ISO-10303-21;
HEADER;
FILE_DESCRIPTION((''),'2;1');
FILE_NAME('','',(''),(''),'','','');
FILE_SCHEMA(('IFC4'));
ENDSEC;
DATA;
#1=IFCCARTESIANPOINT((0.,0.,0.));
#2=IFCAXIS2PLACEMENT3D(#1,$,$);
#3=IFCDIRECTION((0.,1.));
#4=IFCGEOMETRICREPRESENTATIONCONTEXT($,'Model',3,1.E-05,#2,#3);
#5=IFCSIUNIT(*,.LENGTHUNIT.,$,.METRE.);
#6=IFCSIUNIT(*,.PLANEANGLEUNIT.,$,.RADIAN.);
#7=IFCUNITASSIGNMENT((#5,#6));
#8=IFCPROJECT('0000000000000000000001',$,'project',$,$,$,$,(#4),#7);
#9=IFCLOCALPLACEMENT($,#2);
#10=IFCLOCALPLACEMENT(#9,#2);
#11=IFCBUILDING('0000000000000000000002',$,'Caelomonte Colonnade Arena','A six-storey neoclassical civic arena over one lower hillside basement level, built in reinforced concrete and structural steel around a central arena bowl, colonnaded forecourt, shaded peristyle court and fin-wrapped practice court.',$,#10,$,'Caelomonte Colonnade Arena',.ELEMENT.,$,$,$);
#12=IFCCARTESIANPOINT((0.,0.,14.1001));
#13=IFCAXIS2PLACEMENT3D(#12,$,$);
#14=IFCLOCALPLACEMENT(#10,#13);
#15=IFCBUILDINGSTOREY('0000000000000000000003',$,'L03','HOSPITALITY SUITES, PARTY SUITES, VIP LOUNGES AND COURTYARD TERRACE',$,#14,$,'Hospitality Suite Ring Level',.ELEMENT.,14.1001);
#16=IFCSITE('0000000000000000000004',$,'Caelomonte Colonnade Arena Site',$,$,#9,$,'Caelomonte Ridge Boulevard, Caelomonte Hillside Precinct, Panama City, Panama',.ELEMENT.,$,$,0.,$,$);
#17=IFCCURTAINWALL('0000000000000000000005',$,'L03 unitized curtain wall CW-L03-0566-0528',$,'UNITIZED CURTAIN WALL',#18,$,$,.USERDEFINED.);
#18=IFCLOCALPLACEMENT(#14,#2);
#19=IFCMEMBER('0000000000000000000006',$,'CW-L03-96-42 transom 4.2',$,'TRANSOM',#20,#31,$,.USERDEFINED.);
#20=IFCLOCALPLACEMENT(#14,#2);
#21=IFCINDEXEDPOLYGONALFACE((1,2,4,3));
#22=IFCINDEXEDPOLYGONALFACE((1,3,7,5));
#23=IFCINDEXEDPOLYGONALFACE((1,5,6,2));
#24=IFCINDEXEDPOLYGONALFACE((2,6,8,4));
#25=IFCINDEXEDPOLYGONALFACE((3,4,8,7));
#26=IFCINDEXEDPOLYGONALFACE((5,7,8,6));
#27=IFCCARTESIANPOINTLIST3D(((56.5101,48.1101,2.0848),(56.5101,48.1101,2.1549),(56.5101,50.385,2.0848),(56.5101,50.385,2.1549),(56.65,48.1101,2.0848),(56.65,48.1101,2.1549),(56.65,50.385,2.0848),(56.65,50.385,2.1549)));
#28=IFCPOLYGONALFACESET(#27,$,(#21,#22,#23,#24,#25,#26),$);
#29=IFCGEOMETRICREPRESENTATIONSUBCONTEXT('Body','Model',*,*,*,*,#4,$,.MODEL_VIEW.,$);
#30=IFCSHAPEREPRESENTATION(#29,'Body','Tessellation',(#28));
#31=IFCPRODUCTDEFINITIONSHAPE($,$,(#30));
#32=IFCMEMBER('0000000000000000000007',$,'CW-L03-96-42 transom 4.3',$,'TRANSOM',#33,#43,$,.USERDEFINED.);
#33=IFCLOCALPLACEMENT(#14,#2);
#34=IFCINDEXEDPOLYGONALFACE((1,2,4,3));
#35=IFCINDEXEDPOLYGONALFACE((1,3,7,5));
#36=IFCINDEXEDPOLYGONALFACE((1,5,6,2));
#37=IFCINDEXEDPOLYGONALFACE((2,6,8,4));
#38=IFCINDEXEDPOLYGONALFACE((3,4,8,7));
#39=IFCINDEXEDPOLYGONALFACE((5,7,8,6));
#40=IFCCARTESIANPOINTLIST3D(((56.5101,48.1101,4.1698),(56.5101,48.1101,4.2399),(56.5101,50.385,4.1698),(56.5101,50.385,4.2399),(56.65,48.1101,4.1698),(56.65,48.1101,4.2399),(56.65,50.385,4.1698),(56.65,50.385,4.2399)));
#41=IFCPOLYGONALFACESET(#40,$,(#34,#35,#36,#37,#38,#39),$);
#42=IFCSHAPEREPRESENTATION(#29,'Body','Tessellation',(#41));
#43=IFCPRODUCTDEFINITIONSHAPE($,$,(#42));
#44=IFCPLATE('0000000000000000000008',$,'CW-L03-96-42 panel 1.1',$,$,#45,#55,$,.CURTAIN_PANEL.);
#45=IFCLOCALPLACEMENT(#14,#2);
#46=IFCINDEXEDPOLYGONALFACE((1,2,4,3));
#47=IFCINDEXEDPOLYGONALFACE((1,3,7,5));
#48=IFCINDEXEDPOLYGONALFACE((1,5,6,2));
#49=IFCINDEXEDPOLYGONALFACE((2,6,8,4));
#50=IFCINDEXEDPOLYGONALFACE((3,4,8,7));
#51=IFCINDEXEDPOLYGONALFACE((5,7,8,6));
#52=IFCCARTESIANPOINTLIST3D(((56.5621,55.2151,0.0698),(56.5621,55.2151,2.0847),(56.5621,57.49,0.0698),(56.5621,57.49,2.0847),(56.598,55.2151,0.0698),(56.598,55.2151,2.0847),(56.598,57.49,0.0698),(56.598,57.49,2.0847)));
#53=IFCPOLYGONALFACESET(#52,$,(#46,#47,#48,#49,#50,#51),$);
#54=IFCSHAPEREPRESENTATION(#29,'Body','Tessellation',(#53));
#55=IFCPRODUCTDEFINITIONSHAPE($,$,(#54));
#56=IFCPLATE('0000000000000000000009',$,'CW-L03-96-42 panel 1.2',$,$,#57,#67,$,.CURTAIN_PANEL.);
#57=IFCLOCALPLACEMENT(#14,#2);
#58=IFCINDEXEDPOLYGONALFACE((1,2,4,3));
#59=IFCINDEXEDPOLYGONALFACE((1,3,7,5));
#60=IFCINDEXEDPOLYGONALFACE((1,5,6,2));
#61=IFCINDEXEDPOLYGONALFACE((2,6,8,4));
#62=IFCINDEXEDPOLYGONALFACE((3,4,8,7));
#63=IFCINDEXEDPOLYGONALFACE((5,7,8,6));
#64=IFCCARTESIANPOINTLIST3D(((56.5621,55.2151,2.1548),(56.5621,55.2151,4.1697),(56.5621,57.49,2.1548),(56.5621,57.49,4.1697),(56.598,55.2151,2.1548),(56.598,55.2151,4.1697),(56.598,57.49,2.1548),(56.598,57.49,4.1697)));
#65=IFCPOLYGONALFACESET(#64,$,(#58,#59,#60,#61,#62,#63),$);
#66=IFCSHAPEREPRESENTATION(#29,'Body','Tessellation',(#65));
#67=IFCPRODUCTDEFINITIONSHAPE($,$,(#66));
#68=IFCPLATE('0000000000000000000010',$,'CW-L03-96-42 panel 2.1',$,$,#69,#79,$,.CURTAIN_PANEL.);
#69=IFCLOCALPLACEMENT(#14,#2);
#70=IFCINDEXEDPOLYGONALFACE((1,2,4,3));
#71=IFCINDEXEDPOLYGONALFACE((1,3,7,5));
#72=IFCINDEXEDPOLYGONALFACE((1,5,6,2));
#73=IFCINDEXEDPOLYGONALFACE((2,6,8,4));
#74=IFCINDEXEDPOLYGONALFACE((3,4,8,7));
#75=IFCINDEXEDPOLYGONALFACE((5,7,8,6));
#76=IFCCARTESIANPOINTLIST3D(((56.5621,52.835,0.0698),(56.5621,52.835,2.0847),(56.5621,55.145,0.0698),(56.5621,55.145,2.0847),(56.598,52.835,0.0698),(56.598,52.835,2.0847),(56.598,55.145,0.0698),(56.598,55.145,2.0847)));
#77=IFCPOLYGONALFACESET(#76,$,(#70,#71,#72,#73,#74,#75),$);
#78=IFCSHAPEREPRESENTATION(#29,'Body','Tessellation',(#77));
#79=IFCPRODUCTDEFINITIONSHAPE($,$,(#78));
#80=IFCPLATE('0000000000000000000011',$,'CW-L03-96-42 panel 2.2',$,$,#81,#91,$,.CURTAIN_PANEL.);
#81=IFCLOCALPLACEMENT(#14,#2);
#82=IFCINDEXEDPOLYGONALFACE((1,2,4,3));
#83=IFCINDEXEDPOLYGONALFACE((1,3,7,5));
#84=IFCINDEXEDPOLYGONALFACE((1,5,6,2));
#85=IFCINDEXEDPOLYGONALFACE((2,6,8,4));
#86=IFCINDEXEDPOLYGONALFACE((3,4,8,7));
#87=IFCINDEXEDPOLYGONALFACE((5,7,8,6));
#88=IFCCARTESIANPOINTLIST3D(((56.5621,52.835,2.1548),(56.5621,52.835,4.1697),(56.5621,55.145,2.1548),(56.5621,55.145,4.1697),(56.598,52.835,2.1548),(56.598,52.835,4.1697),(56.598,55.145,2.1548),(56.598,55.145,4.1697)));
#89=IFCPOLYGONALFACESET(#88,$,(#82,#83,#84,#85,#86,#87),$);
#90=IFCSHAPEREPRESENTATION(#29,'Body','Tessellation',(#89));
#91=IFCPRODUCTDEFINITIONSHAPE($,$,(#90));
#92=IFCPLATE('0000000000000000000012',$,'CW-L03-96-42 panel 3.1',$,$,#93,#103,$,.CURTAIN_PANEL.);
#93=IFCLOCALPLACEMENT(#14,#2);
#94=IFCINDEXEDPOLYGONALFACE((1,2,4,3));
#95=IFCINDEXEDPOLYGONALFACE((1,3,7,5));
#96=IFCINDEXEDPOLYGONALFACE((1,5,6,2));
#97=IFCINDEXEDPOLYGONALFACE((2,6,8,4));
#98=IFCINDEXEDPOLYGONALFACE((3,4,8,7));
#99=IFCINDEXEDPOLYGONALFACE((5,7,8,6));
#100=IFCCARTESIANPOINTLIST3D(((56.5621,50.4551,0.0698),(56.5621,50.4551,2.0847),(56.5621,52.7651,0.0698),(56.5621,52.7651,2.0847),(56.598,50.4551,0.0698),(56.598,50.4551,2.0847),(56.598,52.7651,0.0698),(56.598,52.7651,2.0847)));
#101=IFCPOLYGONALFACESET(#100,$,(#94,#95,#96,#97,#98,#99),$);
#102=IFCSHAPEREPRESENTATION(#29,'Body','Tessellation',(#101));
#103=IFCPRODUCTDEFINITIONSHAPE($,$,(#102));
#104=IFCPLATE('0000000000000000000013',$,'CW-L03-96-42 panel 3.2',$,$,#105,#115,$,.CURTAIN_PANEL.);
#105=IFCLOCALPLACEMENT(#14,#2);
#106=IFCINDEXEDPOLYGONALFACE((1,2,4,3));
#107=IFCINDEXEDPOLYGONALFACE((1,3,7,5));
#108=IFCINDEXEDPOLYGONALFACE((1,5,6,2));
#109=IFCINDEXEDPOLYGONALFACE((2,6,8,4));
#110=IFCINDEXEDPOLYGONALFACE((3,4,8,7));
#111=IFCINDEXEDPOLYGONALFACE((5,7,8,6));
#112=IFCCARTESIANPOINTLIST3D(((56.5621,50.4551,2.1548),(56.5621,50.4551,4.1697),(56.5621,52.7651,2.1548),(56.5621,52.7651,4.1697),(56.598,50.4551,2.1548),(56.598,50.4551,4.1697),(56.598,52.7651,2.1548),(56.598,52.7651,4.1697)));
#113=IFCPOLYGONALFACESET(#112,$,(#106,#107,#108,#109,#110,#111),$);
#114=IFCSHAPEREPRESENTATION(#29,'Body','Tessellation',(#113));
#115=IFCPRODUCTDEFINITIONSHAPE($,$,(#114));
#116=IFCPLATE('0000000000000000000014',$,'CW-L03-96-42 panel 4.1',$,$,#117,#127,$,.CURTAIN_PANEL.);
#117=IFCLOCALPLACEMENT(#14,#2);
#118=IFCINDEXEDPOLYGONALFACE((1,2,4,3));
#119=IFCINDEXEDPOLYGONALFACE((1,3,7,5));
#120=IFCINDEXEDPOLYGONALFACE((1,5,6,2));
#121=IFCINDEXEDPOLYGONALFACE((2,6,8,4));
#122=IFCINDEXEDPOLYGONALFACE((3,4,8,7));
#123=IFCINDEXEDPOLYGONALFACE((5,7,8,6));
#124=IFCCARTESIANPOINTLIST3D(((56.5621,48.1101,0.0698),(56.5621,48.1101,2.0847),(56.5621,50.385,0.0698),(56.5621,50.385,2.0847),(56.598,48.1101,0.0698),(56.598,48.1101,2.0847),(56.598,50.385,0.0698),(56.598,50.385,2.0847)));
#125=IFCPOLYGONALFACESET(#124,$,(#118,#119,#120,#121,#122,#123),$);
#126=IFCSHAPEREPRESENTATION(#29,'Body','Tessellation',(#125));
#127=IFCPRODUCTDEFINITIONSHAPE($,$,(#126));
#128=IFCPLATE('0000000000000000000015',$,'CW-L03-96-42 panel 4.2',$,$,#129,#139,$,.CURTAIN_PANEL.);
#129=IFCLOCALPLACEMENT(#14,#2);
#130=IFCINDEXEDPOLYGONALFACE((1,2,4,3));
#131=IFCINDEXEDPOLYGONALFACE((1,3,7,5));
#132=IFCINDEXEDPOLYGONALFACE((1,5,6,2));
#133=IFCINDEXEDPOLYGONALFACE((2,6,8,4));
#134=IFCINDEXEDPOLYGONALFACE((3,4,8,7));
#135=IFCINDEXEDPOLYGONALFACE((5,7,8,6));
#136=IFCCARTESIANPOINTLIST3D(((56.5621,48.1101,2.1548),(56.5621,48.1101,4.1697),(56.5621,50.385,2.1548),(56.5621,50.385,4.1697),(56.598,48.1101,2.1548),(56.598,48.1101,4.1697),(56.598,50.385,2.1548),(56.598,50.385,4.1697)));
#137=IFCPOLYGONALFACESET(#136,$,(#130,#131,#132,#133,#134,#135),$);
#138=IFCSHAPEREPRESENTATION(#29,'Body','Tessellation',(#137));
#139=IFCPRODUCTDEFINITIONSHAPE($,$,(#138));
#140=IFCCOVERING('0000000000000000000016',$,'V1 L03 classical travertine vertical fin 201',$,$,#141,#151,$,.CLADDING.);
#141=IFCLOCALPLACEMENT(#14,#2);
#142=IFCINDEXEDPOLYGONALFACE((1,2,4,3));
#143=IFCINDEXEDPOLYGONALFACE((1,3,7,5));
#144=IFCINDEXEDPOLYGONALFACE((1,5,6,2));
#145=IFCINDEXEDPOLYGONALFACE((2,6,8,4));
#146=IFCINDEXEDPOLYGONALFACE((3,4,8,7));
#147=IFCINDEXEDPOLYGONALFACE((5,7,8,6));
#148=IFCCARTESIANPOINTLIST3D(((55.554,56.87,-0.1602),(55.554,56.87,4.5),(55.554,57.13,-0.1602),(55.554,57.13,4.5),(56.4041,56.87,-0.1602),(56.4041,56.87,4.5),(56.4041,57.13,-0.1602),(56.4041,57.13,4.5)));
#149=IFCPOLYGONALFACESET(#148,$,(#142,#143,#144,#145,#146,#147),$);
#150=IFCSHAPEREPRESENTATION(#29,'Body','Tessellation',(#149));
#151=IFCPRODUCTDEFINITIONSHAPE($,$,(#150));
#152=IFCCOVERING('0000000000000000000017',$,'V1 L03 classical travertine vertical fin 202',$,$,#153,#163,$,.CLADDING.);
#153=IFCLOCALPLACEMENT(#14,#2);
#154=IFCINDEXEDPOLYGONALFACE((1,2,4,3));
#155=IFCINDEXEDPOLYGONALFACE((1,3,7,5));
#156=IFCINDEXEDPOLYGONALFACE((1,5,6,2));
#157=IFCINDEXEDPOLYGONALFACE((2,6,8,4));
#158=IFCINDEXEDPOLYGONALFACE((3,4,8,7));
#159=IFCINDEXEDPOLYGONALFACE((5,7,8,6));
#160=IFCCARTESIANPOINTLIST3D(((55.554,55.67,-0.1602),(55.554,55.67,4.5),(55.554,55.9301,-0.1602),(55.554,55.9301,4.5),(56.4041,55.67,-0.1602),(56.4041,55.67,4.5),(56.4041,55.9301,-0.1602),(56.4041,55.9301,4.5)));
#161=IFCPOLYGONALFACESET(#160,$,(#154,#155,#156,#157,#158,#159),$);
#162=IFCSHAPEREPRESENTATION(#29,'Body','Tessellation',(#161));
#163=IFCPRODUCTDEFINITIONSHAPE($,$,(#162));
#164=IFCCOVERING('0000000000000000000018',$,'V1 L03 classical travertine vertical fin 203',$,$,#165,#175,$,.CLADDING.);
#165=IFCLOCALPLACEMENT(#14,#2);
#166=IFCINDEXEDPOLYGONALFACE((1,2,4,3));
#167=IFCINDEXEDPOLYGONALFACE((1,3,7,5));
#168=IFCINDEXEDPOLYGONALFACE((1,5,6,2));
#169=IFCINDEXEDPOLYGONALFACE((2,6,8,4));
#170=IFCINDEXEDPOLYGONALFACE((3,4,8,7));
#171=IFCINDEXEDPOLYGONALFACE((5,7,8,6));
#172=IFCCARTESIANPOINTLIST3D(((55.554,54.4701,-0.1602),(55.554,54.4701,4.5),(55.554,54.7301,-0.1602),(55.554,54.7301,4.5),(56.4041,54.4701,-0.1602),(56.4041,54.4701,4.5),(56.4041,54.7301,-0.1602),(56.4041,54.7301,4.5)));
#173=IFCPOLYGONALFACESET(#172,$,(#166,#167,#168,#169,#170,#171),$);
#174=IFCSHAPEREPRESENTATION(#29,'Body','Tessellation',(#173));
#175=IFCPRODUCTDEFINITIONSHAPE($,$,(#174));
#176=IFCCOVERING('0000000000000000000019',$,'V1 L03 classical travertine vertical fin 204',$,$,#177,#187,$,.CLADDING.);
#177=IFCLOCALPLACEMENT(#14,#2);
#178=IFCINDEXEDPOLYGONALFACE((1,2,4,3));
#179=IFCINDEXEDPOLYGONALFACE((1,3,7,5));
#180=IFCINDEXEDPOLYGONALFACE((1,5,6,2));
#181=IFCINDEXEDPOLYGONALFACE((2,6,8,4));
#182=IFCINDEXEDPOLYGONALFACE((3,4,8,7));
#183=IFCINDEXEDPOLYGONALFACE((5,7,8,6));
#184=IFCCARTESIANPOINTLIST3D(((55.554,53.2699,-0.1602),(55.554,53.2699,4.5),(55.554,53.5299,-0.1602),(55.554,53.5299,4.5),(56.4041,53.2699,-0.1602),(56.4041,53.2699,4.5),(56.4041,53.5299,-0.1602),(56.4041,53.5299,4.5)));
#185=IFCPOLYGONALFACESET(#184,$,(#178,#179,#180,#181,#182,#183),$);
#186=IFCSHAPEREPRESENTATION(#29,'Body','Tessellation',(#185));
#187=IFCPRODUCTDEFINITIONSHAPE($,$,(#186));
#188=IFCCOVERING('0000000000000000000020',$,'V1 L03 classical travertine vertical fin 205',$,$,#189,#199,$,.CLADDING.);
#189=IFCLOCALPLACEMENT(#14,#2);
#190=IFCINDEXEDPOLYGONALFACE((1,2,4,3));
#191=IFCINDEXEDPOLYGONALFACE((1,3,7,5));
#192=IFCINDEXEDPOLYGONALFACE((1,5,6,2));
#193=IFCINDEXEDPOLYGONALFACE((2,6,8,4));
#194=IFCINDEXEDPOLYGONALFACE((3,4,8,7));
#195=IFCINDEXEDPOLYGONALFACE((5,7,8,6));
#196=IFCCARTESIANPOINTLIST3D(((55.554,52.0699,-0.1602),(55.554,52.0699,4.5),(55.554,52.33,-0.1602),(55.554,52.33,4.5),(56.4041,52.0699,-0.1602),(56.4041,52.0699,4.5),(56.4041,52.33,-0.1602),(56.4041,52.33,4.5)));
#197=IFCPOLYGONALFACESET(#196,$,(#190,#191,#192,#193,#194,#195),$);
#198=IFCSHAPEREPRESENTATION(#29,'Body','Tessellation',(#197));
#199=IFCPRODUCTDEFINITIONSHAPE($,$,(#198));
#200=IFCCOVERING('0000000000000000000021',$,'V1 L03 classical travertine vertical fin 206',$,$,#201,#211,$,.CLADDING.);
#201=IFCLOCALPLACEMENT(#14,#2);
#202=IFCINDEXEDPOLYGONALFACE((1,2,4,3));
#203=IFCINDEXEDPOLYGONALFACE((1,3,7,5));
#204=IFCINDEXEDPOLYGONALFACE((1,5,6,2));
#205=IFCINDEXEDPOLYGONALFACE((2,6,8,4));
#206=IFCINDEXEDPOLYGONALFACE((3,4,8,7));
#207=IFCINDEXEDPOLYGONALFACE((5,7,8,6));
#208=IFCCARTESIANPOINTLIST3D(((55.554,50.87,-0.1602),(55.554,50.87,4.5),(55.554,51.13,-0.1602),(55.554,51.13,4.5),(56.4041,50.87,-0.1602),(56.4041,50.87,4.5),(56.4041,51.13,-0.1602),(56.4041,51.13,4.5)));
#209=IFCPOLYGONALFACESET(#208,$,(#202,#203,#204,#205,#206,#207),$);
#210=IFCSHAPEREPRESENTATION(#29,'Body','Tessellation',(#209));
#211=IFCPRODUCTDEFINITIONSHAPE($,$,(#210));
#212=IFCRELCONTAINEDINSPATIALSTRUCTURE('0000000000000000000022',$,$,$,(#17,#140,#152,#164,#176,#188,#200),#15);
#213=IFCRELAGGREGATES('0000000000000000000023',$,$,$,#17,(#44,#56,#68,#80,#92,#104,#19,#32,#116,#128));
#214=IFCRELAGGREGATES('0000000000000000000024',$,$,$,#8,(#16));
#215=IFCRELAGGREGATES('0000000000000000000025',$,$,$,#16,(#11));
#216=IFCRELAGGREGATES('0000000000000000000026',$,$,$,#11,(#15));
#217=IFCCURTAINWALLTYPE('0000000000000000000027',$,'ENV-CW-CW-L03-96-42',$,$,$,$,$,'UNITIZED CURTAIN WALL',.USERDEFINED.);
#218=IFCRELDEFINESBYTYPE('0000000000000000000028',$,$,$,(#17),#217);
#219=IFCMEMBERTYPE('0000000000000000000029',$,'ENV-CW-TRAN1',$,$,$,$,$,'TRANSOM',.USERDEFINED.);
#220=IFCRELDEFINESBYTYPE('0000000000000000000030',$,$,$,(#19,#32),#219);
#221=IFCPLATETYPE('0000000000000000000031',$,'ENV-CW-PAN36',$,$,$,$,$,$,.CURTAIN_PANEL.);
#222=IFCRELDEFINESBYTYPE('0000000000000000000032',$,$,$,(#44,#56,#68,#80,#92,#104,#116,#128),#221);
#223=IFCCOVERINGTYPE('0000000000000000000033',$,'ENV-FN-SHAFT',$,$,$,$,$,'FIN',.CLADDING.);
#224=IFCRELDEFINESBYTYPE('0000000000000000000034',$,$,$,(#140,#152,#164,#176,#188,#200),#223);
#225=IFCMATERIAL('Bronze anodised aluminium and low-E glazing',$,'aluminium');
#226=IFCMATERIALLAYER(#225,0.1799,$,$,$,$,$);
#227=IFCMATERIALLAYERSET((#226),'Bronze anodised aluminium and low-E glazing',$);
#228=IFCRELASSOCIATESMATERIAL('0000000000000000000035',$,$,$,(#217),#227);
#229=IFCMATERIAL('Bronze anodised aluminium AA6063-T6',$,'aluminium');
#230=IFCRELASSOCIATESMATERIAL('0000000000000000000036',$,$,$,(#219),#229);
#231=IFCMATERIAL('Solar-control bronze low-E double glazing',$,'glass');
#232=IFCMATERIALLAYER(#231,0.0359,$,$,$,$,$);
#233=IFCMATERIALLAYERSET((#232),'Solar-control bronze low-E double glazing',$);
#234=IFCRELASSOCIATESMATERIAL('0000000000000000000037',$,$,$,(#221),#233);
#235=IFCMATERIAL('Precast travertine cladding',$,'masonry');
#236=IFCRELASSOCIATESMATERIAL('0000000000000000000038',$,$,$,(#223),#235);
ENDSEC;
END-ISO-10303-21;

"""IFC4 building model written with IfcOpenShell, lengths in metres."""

from ifc_helpers import new_model, si_unit, direction, frame, origin, origin_2d, place, context, subcontext, project, spatial, rectangle, extrude, material, layer, layer_set, material_profile, profile_set, type_object, element, aggregate, save


model = new_model("IFC4")

# Units and contexts
model_context = context("Model", 3, precision=1e-05, world=origin(), true_north=direction((0.0, 1.0)))
body_context = subcontext(model_context, "Body", "Model", "MODEL_VIEW")
ifc_project = project(units=[si_unit("LENGTHUNIT", "METRE"), si_unit("PLANEANGLEUNIT", "RADIAN")], contexts=[model_context])

# Site, building, storey
site_placement = place(None, origin())
site = spatial("IfcSite", under=ifc_project, at=site_placement, Name="Caelomonte Colonnade Arena Site", LongName="Caelomonte Ridge Boulevard, Caelomonte Hillside Precinct, Panama City, Panama", CompositionType="ELEMENT", RefElevation=0.0)
building_placement = place(site_placement, origin())
building = spatial("IfcBuilding", under=site, at=building_placement, Name="Caelomonte Colonnade Arena", Description="A six-storey neoclassical civic arena over one lower hillside basement level, built in reinforced concrete and structural steel around a central arena bowl, colonnaded forecourt, shaded peristyle court and fin-wrapped practice court.", LongName="Caelomonte Colonnade Arena", CompositionType="ELEMENT")
storey_placement = place(building_placement, frame((0.0, 0.0, 14.1001)))
storey = spatial("IfcBuildingStorey", under=building, at=storey_placement, Name="L03", Description="HOSPITALITY SUITES, PARTY SUITES, VIP LOUNGES AND COURTYARD TERRACE", LongName="Hospitality Suite Ring Level", CompositionType="ELEMENT", Elevation=14.1001)

# Shared definitions
ifc_material_1 = material(Name="Bronze anodised aluminium and low-E glazing", Category="aluminium")
ifc_layer_1 = layer(ifc_material_1, 0.1799)
ifc_layer_set_1 = layer_set([ifc_layer_1], Name="Bronze anodised aluminium and low-E glazing")
curtain_wall_type = type_object("IfcCurtainWallType", Name="ENV-CW-CW-L03-96-42", ElementType="UNITIZED CURTAIN WALL", PredefinedType="USERDEFINED", material=ifc_layer_set_1)
ifc_material_2 = material(Name="Bronze anodised aluminium AA6063-T6", Category="aluminium")

# Curtain wall, members, plates
curtain_wall_1_placement = place(storey_placement, origin())
curtain_wall_1 = element("IfcCurtainWall", 1, at=curtain_wall_1_placement, inside=storey, type_object=curtain_wall_type, Name="L03 unitized curtain wall CW-L03-0566-0528", ObjectType="UNITIZED CURTAIN WALL", PredefinedType="USERDEFINED")
ifc_material_profile_1 = material_profile(ifc_material_2, rectangle(XDim=0.0701, YDim=0.1399, at=origin_2d()), Name="CWT-70X140")
ifc_profile_set_1 = profile_set([ifc_material_profile_1], Name="Bronze anodised aluminium AA6063-T6")
member_type_1 = type_object("IfcMemberType", Name="ENV-CW-TRAN1", ElementType="TRANSOM", PredefinedType="USERDEFINED", material=ifc_profile_set_1)
member_1_placement = place(storey_placement, frame((56.5801, 50.385, 2.1199), z_axis=(0.0, -1.0, 0.0), x_axis=(0.0, 0.0, 1.0)))
member_1 = element("IfcMember", 2, at=member_1_placement, type_object=member_type_1, Name="CW-L03-96-42 transom 4.2", ObjectType="TRANSOM", PredefinedType="USERDEFINED", context=body_context, shape_type="SweptSolid", body=[
    extrude(rectangle(XDim=0.0701, YDim=0.1399, at=origin_2d()), origin(), (0.0, 0.0, 1.0), 2.2749),
])
member_2_placement = place(storey_placement, frame((56.5801, 50.385, 4.2048), z_axis=(0.0, -1.0, 0.0), x_axis=(0.0, 0.0, 1.0)))
member_2 = element("IfcMember", 3, at=member_2_placement, type_object=member_type_1, Name="CW-L03-96-42 transom 4.3", ObjectType="TRANSOM", PredefinedType="USERDEFINED", context=body_context, shape_type="SweptSolid", body=[
    extrude(rectangle(XDim=0.0701, YDim=0.1399, at=origin_2d()), origin(), (0.0, 0.0, 1.0), 2.2749),
])
ifc_material_3 = material(Name="Solar-control bronze low-E double glazing", Category="glass")
ifc_layer_2 = layer(ifc_material_3, 0.0359)
ifc_layer_set_2 = layer_set([ifc_layer_2], Name="Solar-control bronze low-E double glazing")
plate_type = type_object("IfcPlateType", Name="ENV-CW-PAN36", PredefinedType="CURTAIN_PANEL", material=ifc_layer_set_2)
plate_1_placement = place(storey_placement, frame((56.5801, 56.3525, 0.0698), z_axis=(0.0, 0.0, 1.0), x_axis=(0.0, -1.0, 0.0)))
plate_1 = element("IfcPlate", 4, at=plate_1_placement, type_object=plate_type, Name="CW-L03-96-42 panel 1.1", PredefinedType="CURTAIN_PANEL", context=body_context, shape_type="SweptSolid", body=[
    extrude(rectangle(XDim=2.2749, YDim=0.0359, at=origin_2d()), origin(), (0.0, 0.0, 1.0), 2.0149),
])
plate_2_placement = place(storey_placement, frame((56.5801, 56.3525, 2.1548), z_axis=(0.0, 0.0, 1.0), x_axis=(0.0, -1.0, 0.0)))
plate_2 = element("IfcPlate", 5, at=plate_2_placement, type_object=plate_type, Name="CW-L03-96-42 panel 1.2", PredefinedType="CURTAIN_PANEL", context=body_context, shape_type="SweptSolid", body=[
    extrude(rectangle(XDim=2.2749, YDim=0.0359, at=origin_2d()), origin(), (0.0, 0.0, 1.0), 2.0149),
])
plate_3_placement = place(storey_placement, frame((56.5801, 53.99, 0.0698), z_axis=(0.0, 0.0, 1.0), x_axis=(0.0, -1.0, 0.0)))
plate_3 = element("IfcPlate", 6, at=plate_3_placement, type_object=plate_type, Name="CW-L03-96-42 panel 2.1", PredefinedType="CURTAIN_PANEL", context=body_context, shape_type="SweptSolid", body=[
    extrude(rectangle(XDim=2.3101, YDim=0.0359, at=origin_2d()), origin(), (0.0, 0.0, 1.0), 2.0149),
])
plate_4_placement = place(storey_placement, frame((56.5801, 53.99, 2.1548), z_axis=(0.0, 0.0, 1.0), x_axis=(0.0, -1.0, 0.0)))
plate_4 = element("IfcPlate", 7, at=plate_4_placement, type_object=plate_type, Name="CW-L03-96-42 panel 2.2", PredefinedType="CURTAIN_PANEL", context=body_context, shape_type="SweptSolid", body=[
    extrude(rectangle(XDim=2.3101, YDim=0.0359, at=origin_2d()), origin(), (0.0, 0.0, 1.0), 2.0149),
])
plate_5_placement = place(storey_placement, frame((56.5801, 51.6101, 0.0698), z_axis=(0.0, 0.0, 1.0), x_axis=(0.0, -1.0, 0.0)))
plate_5 = element("IfcPlate", 8, at=plate_5_placement, type_object=plate_type, Name="CW-L03-96-42 panel 3.1", PredefinedType="CURTAIN_PANEL", context=body_context, shape_type="SweptSolid", body=[
    extrude(rectangle(XDim=2.3101, YDim=0.0359, at=origin_2d()), origin(), (0.0, 0.0, 1.0), 2.0149),
])
plate_6_placement = place(storey_placement, frame((56.5801, 51.6101, 2.1548), z_axis=(0.0, 0.0, 1.0), x_axis=(0.0, -1.0, 0.0)))
plate_6 = element("IfcPlate", 9, at=plate_6_placement, type_object=plate_type, Name="CW-L03-96-42 panel 3.2", PredefinedType="CURTAIN_PANEL", context=body_context, shape_type="SweptSolid", body=[
    extrude(rectangle(XDim=2.3101, YDim=0.0359, at=origin_2d()), origin(), (0.0, 0.0, 1.0), 2.0149),
])
plate_7_placement = place(storey_placement, frame((56.5801, 49.2476, 0.0698), z_axis=(0.0, 0.0, 1.0), x_axis=(0.0, -1.0, 0.0)))
plate_7 = element("IfcPlate", 10, at=plate_7_placement, type_object=plate_type, Name="CW-L03-96-42 panel 4.1", PredefinedType="CURTAIN_PANEL", context=body_context, shape_type="SweptSolid", body=[
    extrude(rectangle(XDim=2.2749, YDim=0.0359, at=origin_2d()), origin(), (0.0, 0.0, 1.0), 2.0149),
])
plate_8_placement = place(storey_placement, frame((56.5801, 49.2476, 2.1548), z_axis=(0.0, 0.0, 1.0), x_axis=(0.0, -1.0, 0.0)))
plate_8 = element("IfcPlate", 11, at=plate_8_placement, type_object=plate_type, Name="CW-L03-96-42 panel 4.2", PredefinedType="CURTAIN_PANEL", context=body_context, shape_type="SweptSolid", body=[
    extrude(rectangle(XDim=2.2749, YDim=0.0359, at=origin_2d()), origin(), (0.0, 0.0, 1.0), 2.0149),
])
aggregate(curtain_wall_1, [plate_1, plate_2, plate_3, plate_4, plate_5, plate_6, member_1, member_2, plate_7, plate_8])

# Coverings
ifc_material_4 = material(Name="Precast travertine cladding", Category="masonry")
ifc_material_profile_2 = material_profile(ifc_material_4, rectangle(XDim=0.26, YDim=0.8501, at=origin_2d()), Name="FIN260X850")
ifc_profile_set_2 = profile_set([ifc_material_profile_2], Name="Precast travertine cladding")
covering_type = type_object("IfcCoveringType", Name="ENV-FN-SHAFT", ElementType="FIN", PredefinedType="CLADDING", material=ifc_profile_set_2)
for number, where, z_axis, x_axis, name in (
    (12, (55.979, 57.0, -0.1602), (0.0, 0.0, 1.0), (0.0, 1.0, 0.0), "V1 L03 classical travertine vertical fin 201"),
    (13, (55.979, 55.8, -0.1602), (0.0, 0.0, 1.0), (0.0, 1.0, 0.0), "V1 L03 classical travertine vertical fin 202"),
    (14, (55.979, 54.6001, -0.1602), (0.0, 0.0, 1.0), (0.0, 1.0, 0.0), "V1 L03 classical travertine vertical fin 203"),
    (15, (55.979, 53.3999, -0.1602), (0.0, 0.0, 1.0), (0.0, 1.0, 0.0), "V1 L03 classical travertine vertical fin 204"),
    (16, (55.979, 52.2, -0.1602), (0.0, 0.0, 1.0), (0.0, 1.0, 0.0), "V1 L03 classical travertine vertical fin 205"),
    (17, (55.979, 51.0, -0.1602), (0.0, 0.0, 1.0), (0.0, 1.0, 0.0), "V1 L03 classical travertine vertical fin 206"),
):
    element("IfcCovering", number, at=place(storey_placement, frame(where, z_axis=z_axis, x_axis=x_axis)), inside=storey, type_object=covering_type, Name=name, PredefinedType="CLADDING", context=body_context, shape_type="SweptSolid", body=[
        extrude(rectangle(XDim=0.26, YDim=0.8501, at=origin_2d()), origin(), (0.0, 0.0, 1.0), 4.6602),
    ])

save(model, "model.ifc")
